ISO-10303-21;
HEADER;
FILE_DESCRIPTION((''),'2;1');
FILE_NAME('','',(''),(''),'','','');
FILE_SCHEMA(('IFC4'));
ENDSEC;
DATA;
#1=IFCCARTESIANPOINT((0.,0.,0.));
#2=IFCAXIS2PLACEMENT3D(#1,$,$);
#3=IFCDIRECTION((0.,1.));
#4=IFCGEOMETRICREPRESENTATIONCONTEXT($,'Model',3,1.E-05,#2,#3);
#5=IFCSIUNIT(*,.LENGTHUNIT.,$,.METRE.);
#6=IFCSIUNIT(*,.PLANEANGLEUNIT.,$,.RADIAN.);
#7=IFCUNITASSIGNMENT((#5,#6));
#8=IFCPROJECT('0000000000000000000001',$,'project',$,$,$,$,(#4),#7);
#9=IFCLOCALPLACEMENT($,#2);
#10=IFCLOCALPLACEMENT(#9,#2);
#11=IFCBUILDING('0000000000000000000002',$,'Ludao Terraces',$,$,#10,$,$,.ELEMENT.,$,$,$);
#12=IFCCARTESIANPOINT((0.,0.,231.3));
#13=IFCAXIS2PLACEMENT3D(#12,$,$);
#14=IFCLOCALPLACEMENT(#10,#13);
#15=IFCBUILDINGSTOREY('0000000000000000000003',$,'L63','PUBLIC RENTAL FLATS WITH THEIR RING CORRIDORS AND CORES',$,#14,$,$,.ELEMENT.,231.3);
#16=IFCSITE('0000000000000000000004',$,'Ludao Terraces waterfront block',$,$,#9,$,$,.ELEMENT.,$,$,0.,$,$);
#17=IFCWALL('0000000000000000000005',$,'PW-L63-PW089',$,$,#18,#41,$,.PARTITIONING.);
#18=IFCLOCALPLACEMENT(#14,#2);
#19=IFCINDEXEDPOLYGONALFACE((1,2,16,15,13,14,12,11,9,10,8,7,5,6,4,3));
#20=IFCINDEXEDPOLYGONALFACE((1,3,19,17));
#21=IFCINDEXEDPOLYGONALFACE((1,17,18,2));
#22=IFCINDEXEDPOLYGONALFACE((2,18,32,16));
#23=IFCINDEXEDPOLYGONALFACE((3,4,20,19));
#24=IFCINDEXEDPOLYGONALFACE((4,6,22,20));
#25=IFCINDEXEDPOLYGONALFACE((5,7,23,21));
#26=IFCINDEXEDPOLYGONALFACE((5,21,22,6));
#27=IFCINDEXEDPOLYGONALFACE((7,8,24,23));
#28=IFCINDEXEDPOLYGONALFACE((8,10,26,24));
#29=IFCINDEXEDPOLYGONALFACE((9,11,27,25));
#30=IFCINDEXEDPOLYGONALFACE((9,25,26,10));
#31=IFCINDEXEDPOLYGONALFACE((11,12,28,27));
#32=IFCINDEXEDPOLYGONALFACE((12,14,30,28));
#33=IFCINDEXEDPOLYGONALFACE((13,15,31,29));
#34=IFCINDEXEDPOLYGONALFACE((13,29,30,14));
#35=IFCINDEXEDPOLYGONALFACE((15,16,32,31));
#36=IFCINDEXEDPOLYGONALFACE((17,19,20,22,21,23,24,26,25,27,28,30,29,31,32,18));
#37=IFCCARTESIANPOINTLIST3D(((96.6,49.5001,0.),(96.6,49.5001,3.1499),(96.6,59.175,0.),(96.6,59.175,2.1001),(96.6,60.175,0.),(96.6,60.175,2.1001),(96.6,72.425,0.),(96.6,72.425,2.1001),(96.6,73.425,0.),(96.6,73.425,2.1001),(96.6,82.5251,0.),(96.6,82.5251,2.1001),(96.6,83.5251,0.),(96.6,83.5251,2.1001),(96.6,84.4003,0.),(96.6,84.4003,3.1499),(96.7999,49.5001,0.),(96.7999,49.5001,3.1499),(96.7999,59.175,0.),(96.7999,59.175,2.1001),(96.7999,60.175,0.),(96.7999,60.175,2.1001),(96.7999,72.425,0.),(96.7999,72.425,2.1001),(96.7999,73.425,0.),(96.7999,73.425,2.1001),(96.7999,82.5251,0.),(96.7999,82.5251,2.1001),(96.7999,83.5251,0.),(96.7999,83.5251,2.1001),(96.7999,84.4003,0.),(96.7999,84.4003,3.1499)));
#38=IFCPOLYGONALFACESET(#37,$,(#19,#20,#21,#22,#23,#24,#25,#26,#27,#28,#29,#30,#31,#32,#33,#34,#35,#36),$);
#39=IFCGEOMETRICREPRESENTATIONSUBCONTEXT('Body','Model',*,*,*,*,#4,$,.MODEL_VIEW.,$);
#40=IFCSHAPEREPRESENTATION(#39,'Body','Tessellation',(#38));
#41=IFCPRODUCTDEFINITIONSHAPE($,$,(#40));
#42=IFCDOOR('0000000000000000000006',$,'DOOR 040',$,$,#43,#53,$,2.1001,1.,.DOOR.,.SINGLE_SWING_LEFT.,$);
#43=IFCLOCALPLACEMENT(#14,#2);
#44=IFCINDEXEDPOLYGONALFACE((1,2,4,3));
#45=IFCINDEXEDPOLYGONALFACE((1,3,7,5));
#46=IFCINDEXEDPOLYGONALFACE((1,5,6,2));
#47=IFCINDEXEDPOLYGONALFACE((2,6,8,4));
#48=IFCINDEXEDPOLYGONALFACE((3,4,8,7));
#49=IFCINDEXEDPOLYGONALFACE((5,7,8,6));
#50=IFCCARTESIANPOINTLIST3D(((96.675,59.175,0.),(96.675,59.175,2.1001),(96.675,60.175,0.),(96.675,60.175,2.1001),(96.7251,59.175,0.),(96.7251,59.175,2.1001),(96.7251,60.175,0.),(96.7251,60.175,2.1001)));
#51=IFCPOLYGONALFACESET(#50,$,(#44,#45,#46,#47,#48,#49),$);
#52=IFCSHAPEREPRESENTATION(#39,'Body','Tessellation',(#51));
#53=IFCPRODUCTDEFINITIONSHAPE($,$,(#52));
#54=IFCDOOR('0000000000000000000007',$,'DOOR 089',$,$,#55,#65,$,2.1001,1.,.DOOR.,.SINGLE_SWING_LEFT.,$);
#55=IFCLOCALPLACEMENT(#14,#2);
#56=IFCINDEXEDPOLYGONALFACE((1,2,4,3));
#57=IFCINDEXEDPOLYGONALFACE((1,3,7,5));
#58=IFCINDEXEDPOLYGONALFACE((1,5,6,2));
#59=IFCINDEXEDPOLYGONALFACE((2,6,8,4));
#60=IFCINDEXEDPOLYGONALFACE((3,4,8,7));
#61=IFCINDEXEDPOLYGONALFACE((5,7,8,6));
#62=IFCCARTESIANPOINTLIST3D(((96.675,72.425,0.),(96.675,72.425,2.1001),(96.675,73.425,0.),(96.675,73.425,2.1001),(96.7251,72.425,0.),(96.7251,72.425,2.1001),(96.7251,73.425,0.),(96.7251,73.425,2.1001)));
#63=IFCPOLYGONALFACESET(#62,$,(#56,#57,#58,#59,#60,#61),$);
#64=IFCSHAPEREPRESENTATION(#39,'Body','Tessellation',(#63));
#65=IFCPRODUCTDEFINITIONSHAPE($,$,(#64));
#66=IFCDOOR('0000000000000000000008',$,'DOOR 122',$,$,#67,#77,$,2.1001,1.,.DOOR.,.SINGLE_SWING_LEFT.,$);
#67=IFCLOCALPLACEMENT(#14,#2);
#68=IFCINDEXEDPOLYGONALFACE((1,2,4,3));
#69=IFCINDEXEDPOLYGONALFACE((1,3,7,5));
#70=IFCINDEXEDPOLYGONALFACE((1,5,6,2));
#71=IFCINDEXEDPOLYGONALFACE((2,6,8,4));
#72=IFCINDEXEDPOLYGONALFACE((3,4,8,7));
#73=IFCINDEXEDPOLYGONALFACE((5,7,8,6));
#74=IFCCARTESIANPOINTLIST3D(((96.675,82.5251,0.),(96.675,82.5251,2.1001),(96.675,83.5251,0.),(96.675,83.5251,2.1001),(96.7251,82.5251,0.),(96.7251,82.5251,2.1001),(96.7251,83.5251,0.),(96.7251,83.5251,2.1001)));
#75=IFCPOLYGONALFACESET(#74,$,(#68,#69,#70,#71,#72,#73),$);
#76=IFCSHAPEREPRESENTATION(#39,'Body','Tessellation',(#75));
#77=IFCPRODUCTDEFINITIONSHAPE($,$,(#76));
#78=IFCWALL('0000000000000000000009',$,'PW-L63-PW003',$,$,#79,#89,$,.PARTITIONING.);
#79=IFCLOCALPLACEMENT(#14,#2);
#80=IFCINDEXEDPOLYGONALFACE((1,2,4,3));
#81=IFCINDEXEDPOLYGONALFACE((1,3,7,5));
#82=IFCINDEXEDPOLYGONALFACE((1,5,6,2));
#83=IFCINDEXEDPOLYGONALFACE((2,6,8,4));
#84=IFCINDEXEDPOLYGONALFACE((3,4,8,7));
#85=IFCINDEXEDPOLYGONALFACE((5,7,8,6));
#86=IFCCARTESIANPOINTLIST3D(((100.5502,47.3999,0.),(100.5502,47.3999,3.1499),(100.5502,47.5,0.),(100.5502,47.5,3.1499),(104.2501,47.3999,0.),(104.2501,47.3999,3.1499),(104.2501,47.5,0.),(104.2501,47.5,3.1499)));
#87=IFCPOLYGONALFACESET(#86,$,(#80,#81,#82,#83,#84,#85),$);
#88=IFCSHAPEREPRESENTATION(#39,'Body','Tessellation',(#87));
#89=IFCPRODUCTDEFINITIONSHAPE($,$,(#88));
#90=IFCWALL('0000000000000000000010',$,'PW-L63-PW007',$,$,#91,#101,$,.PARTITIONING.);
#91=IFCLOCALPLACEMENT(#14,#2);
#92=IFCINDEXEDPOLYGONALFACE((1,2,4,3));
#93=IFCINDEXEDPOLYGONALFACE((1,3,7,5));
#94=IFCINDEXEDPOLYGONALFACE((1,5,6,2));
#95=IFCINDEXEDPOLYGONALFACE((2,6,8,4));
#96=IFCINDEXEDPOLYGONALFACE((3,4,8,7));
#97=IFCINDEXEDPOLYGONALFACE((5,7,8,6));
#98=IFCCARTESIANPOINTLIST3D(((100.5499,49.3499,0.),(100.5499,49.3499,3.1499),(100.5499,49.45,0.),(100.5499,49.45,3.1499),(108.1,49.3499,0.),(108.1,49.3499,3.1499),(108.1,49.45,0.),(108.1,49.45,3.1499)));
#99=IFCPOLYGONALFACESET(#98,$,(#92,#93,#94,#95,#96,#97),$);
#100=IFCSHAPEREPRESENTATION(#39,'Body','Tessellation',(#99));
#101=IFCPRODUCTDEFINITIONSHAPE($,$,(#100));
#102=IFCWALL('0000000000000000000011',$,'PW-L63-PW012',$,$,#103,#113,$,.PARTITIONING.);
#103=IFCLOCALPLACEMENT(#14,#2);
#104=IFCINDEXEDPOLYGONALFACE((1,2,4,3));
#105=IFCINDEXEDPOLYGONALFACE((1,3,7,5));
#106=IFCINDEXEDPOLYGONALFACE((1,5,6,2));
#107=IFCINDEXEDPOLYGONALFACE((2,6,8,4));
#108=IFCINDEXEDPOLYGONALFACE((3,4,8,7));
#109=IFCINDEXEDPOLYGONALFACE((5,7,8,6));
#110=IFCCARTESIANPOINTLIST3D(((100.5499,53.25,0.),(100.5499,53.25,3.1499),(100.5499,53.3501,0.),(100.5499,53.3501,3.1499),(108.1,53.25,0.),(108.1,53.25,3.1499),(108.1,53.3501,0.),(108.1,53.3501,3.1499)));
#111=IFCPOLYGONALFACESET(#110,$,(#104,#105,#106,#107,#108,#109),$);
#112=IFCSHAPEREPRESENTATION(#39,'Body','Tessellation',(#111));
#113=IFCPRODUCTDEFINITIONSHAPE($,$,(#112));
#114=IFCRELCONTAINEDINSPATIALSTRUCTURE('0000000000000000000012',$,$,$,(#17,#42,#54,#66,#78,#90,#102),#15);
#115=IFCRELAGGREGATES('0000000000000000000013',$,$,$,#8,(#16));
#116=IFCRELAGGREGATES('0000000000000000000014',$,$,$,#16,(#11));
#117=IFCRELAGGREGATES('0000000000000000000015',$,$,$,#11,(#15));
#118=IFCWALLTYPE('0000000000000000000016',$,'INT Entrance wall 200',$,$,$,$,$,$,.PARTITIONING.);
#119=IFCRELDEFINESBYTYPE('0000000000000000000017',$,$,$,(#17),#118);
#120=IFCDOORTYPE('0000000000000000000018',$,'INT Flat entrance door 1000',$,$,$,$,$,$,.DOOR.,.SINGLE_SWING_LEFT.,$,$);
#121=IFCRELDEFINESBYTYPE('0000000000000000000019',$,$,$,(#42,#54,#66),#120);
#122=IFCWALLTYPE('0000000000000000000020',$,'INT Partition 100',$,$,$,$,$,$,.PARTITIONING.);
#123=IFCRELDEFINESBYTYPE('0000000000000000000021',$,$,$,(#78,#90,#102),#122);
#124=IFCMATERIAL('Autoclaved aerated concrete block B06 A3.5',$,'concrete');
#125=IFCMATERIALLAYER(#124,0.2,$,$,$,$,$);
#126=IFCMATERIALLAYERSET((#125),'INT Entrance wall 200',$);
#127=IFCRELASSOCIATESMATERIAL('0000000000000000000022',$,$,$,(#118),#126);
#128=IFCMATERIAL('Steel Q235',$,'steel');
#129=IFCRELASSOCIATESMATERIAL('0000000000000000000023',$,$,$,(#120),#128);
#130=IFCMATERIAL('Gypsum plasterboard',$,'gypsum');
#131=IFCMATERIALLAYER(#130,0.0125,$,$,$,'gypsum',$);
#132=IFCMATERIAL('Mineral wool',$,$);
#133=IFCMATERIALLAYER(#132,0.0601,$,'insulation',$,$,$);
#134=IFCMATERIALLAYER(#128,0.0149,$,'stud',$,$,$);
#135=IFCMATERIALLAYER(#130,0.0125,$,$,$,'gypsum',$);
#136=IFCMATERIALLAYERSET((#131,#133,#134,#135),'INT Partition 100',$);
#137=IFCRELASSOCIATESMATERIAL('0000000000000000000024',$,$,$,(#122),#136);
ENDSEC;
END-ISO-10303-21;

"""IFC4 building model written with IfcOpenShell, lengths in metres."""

from ifc_helpers import new_model, si_unit, direction, frame, frame_2d, origin, place, context, subcontext, project, spatial, rectangle, extrude, material, layer, layer_set, type_object, element, fill, save


model = new_model("IFC4")

# Units and contexts
model_context = context("Model", 3, precision=1e-05, world=origin(), true_north=direction((0.0, 1.0)))
body_context = subcontext(model_context, "Body", "Model", "MODEL_VIEW")
ifc_project = project(units=[si_unit("LENGTHUNIT", "METRE"), si_unit("PLANEANGLEUNIT", "RADIAN")], contexts=[model_context])

# Site, building, storey
site_placement = place(None, origin())
site = spatial("IfcSite", under=ifc_project, at=site_placement, Name="Ludao Terraces waterfront block", CompositionType="ELEMENT", RefElevation=0.0)
building_placement = place(site_placement, origin())
building = spatial("IfcBuilding", under=site, at=building_placement, Name="Ludao Terraces", CompositionType="ELEMENT")
storey_placement = place(building_placement, frame((0.0, 0.0, 231.3)))
storey = spatial("IfcBuildingStorey", under=building, at=storey_placement, Name="L63", Description="PUBLIC RENTAL FLATS WITH THEIR RING CORRIDORS AND CORES", CompositionType="ELEMENT", Elevation=231.3)

# Shared definitions
ifc_material_1 = material(Name="Mineral wool")

# Wall, openings, doors
ifc_material_2 = material(Name="Autoclaved aerated concrete block B06 A3.5", Category="concrete")
ifc_layer_1 = layer(ifc_material_2, 0.2)
ifc_layer_set_1 = layer_set([ifc_layer_1], Name="INT Entrance wall 200")
wall_type_1 = type_object("IfcWallType", Name="INT Entrance wall 200", PredefinedType="PARTITIONING", material=ifc_layer_set_1)
wall_1_placement = place(storey_placement, frame((96.7, 49.5, 0.0), z_axis=(0.0, 0.0, 1.0), x_axis=(0.0, 1.0, 0.0)))
wall_1 = element("IfcWall", 1, at=wall_1_placement, inside=storey, type_object=wall_type_1, Name="PW-L63-PW089", PredefinedType="PARTITIONING", context=body_context, shape_type="SweptSolid", body=[
    extrude(rectangle(XDim=34.9001, YDim=0.2, at=frame_2d((17.4502, 0.0))), origin(), (0.0, 0.0, 1.0), 3.1499),
])
opening_1_placement = place(wall_1_placement, frame((9.675, 0.0, 0.0)))
opening_1 = element("IfcOpeningElement", 2, at=opening_1_placement, cuts=wall_1, PredefinedType="OPENING", context=body_context, shape_type="SweptSolid", body=[
    extrude(rectangle(XDim=1.0, YDim=2.1001, at=frame_2d((0.5, 1.05))), frame((0.0, 0.1099, 0.0), z_axis=(0.0, -1.0, 0.0), x_axis=(1.0, 0.0, 0.0)), (0.0, 0.0, 1.0), 0.22),
])
opening_2_placement = place(wall_1_placement, frame((22.925, 0.0, 0.0)))
opening_2 = element("IfcOpeningElement", 3, at=opening_2_placement, cuts=wall_1, PredefinedType="OPENING", context=body_context, shape_type="SweptSolid", body=[
    extrude(rectangle(XDim=1.0, YDim=2.1001, at=frame_2d((0.5, 1.05))), frame((0.0, 0.1099, 0.0), z_axis=(0.0, -1.0, 0.0), x_axis=(1.0, 0.0, 0.0)), (0.0, 0.0, 1.0), 0.22),
])
opening_3_placement = place(wall_1_placement, frame((33.0251, 0.0, 0.0)))
opening_3 = element("IfcOpeningElement", 4, at=opening_3_placement, cuts=wall_1, PredefinedType="OPENING", context=body_context, shape_type="SweptSolid", body=[
    extrude(rectangle(XDim=1.0, YDim=2.1001, at=frame_2d((0.5, 1.05))), frame((0.0, 0.1099, 0.0), z_axis=(0.0, -1.0, 0.0), x_axis=(1.0, 0.0, 0.0)), (0.0, 0.0, 1.0), 0.22),
])
ifc_material_3 = material(Name="Steel Q235", Category="steel")
door_type_1 = type_object("IfcDoorType", Name="INT Flat entrance door 1000", OperationType="SINGLE_SWING_LEFT", PredefinedType="DOOR", material=ifc_material_3)
door_1_placement = place(opening_1_placement, origin())
door_1 = element("IfcDoor", 5, at=door_1_placement, inside=storey, type_object=door_type_1, Name="DOOR 040", OperationType="SINGLE_SWING_LEFT", OverallHeight=2.1001, OverallWidth=1.0, PredefinedType="DOOR", context=body_context, shape_type="SweptSolid", body=[
    extrude(rectangle(XDim=1.0, YDim=2.1001, at=frame_2d((0.5, 1.05))), frame((0.0, 0.0249, 0.0), z_axis=(0.0, -1.0, 0.0), x_axis=(1.0, 0.0, 0.0)), (0.0, 0.0, 1.0), 0.05),
])
fill(opening_1, door_1)
door_2_placement = place(opening_2_placement, origin())
door_2 = element("IfcDoor", 6, at=door_2_placement, inside=storey, type_object=door_type_1, Name="DOOR 089", OperationType="SINGLE_SWING_LEFT", OverallHeight=2.1001, OverallWidth=1.0, PredefinedType="DOOR", context=body_context, shape_type="SweptSolid", body=[
    extrude(rectangle(XDim=1.0, YDim=2.1001, at=frame_2d((0.5, 1.05))), frame((0.0, 0.0249, 0.0), z_axis=(0.0, -1.0, 0.0), x_axis=(1.0, 0.0, 0.0)), (0.0, 0.0, 1.0), 0.05),
])
fill(opening_2, door_2)
door_3_placement = place(opening_3_placement, origin())
door_3 = element("IfcDoor", 7, at=door_3_placement, inside=storey, type_object=door_type_1, Name="DOOR 122", OperationType="SINGLE_SWING_LEFT", OverallHeight=2.1001, OverallWidth=1.0, PredefinedType="DOOR", context=body_context, shape_type="SweptSolid", body=[
    extrude(rectangle(XDim=1.0, YDim=2.1001, at=frame_2d((0.5, 1.05))), frame((0.0, 0.0249, 0.0), z_axis=(0.0, -1.0, 0.0), x_axis=(1.0, 0.0, 0.0)), (0.0, 0.0, 1.0), 0.05),
])
fill(opening_3, door_3)

# Walls
ifc_material_4 = material(Name="Gypsum plasterboard", Category="gypsum")
ifc_layer_2 = layer(ifc_material_4, 0.0125, Category="gypsum")
ifc_layer_3 = layer(ifc_material_1, 0.0601, Name="insulation")
ifc_layer_4 = layer(ifc_material_3, 0.0149, Name="stud")
ifc_layer_5 = layer(ifc_material_4, 0.0125, Category="gypsum")
ifc_layer_set_2 = layer_set([ifc_layer_2, ifc_layer_3, ifc_layer_4, ifc_layer_5], Name="INT Partition 100")
wall_type_2 = type_object("IfcWallType", Name="INT Partition 100", PredefinedType="PARTITIONING", material=ifc_layer_set_2)
wall_2_placement = place(storey_placement, frame((100.55, 47.45, 0.0), z_axis=(0.0, 0.0, 1.0), x_axis=(1.0, 0.0, 0.0)))
element("IfcWall", 8, at=wall_2_placement, inside=storey, type_object=wall_type_2, Name="PW-L63-PW003", PredefinedType="PARTITIONING", context=body_context, shape_type="SweptSolid", body=[
    extrude(rectangle(XDim=3.7, YDim=0.1001, at=frame_2d((1.8501, 0.0))), origin(), (0.0, 0.0, 1.0), 3.1499),
])
for number, where, z_axis, x_axis, name in (
    (9, (100.55, 49.3999, 0.0), (0.0, 0.0, 1.0), (1.0, 0.0, 0.0), "PW-L63-PW007"),
    (10, (100.55, 53.3, 0.0), (0.0, 0.0, 1.0), (1.0, 0.0, 0.0), "PW-L63-PW012"),
):
    element("IfcWall", number, at=place(storey_placement, frame(where, z_axis=z_axis, x_axis=x_axis)), inside=storey, type_object=wall_type_2, Name=name, PredefinedType="PARTITIONING", context=body_context, shape_type="SweptSolid", body=[
        extrude(rectangle(XDim=7.55, YDim=0.1001, at=frame_2d((3.7749, 0.0))), origin(), (0.0, 0.0, 1.0), 3.1499),
    ])

save(model, "model.ifc")
